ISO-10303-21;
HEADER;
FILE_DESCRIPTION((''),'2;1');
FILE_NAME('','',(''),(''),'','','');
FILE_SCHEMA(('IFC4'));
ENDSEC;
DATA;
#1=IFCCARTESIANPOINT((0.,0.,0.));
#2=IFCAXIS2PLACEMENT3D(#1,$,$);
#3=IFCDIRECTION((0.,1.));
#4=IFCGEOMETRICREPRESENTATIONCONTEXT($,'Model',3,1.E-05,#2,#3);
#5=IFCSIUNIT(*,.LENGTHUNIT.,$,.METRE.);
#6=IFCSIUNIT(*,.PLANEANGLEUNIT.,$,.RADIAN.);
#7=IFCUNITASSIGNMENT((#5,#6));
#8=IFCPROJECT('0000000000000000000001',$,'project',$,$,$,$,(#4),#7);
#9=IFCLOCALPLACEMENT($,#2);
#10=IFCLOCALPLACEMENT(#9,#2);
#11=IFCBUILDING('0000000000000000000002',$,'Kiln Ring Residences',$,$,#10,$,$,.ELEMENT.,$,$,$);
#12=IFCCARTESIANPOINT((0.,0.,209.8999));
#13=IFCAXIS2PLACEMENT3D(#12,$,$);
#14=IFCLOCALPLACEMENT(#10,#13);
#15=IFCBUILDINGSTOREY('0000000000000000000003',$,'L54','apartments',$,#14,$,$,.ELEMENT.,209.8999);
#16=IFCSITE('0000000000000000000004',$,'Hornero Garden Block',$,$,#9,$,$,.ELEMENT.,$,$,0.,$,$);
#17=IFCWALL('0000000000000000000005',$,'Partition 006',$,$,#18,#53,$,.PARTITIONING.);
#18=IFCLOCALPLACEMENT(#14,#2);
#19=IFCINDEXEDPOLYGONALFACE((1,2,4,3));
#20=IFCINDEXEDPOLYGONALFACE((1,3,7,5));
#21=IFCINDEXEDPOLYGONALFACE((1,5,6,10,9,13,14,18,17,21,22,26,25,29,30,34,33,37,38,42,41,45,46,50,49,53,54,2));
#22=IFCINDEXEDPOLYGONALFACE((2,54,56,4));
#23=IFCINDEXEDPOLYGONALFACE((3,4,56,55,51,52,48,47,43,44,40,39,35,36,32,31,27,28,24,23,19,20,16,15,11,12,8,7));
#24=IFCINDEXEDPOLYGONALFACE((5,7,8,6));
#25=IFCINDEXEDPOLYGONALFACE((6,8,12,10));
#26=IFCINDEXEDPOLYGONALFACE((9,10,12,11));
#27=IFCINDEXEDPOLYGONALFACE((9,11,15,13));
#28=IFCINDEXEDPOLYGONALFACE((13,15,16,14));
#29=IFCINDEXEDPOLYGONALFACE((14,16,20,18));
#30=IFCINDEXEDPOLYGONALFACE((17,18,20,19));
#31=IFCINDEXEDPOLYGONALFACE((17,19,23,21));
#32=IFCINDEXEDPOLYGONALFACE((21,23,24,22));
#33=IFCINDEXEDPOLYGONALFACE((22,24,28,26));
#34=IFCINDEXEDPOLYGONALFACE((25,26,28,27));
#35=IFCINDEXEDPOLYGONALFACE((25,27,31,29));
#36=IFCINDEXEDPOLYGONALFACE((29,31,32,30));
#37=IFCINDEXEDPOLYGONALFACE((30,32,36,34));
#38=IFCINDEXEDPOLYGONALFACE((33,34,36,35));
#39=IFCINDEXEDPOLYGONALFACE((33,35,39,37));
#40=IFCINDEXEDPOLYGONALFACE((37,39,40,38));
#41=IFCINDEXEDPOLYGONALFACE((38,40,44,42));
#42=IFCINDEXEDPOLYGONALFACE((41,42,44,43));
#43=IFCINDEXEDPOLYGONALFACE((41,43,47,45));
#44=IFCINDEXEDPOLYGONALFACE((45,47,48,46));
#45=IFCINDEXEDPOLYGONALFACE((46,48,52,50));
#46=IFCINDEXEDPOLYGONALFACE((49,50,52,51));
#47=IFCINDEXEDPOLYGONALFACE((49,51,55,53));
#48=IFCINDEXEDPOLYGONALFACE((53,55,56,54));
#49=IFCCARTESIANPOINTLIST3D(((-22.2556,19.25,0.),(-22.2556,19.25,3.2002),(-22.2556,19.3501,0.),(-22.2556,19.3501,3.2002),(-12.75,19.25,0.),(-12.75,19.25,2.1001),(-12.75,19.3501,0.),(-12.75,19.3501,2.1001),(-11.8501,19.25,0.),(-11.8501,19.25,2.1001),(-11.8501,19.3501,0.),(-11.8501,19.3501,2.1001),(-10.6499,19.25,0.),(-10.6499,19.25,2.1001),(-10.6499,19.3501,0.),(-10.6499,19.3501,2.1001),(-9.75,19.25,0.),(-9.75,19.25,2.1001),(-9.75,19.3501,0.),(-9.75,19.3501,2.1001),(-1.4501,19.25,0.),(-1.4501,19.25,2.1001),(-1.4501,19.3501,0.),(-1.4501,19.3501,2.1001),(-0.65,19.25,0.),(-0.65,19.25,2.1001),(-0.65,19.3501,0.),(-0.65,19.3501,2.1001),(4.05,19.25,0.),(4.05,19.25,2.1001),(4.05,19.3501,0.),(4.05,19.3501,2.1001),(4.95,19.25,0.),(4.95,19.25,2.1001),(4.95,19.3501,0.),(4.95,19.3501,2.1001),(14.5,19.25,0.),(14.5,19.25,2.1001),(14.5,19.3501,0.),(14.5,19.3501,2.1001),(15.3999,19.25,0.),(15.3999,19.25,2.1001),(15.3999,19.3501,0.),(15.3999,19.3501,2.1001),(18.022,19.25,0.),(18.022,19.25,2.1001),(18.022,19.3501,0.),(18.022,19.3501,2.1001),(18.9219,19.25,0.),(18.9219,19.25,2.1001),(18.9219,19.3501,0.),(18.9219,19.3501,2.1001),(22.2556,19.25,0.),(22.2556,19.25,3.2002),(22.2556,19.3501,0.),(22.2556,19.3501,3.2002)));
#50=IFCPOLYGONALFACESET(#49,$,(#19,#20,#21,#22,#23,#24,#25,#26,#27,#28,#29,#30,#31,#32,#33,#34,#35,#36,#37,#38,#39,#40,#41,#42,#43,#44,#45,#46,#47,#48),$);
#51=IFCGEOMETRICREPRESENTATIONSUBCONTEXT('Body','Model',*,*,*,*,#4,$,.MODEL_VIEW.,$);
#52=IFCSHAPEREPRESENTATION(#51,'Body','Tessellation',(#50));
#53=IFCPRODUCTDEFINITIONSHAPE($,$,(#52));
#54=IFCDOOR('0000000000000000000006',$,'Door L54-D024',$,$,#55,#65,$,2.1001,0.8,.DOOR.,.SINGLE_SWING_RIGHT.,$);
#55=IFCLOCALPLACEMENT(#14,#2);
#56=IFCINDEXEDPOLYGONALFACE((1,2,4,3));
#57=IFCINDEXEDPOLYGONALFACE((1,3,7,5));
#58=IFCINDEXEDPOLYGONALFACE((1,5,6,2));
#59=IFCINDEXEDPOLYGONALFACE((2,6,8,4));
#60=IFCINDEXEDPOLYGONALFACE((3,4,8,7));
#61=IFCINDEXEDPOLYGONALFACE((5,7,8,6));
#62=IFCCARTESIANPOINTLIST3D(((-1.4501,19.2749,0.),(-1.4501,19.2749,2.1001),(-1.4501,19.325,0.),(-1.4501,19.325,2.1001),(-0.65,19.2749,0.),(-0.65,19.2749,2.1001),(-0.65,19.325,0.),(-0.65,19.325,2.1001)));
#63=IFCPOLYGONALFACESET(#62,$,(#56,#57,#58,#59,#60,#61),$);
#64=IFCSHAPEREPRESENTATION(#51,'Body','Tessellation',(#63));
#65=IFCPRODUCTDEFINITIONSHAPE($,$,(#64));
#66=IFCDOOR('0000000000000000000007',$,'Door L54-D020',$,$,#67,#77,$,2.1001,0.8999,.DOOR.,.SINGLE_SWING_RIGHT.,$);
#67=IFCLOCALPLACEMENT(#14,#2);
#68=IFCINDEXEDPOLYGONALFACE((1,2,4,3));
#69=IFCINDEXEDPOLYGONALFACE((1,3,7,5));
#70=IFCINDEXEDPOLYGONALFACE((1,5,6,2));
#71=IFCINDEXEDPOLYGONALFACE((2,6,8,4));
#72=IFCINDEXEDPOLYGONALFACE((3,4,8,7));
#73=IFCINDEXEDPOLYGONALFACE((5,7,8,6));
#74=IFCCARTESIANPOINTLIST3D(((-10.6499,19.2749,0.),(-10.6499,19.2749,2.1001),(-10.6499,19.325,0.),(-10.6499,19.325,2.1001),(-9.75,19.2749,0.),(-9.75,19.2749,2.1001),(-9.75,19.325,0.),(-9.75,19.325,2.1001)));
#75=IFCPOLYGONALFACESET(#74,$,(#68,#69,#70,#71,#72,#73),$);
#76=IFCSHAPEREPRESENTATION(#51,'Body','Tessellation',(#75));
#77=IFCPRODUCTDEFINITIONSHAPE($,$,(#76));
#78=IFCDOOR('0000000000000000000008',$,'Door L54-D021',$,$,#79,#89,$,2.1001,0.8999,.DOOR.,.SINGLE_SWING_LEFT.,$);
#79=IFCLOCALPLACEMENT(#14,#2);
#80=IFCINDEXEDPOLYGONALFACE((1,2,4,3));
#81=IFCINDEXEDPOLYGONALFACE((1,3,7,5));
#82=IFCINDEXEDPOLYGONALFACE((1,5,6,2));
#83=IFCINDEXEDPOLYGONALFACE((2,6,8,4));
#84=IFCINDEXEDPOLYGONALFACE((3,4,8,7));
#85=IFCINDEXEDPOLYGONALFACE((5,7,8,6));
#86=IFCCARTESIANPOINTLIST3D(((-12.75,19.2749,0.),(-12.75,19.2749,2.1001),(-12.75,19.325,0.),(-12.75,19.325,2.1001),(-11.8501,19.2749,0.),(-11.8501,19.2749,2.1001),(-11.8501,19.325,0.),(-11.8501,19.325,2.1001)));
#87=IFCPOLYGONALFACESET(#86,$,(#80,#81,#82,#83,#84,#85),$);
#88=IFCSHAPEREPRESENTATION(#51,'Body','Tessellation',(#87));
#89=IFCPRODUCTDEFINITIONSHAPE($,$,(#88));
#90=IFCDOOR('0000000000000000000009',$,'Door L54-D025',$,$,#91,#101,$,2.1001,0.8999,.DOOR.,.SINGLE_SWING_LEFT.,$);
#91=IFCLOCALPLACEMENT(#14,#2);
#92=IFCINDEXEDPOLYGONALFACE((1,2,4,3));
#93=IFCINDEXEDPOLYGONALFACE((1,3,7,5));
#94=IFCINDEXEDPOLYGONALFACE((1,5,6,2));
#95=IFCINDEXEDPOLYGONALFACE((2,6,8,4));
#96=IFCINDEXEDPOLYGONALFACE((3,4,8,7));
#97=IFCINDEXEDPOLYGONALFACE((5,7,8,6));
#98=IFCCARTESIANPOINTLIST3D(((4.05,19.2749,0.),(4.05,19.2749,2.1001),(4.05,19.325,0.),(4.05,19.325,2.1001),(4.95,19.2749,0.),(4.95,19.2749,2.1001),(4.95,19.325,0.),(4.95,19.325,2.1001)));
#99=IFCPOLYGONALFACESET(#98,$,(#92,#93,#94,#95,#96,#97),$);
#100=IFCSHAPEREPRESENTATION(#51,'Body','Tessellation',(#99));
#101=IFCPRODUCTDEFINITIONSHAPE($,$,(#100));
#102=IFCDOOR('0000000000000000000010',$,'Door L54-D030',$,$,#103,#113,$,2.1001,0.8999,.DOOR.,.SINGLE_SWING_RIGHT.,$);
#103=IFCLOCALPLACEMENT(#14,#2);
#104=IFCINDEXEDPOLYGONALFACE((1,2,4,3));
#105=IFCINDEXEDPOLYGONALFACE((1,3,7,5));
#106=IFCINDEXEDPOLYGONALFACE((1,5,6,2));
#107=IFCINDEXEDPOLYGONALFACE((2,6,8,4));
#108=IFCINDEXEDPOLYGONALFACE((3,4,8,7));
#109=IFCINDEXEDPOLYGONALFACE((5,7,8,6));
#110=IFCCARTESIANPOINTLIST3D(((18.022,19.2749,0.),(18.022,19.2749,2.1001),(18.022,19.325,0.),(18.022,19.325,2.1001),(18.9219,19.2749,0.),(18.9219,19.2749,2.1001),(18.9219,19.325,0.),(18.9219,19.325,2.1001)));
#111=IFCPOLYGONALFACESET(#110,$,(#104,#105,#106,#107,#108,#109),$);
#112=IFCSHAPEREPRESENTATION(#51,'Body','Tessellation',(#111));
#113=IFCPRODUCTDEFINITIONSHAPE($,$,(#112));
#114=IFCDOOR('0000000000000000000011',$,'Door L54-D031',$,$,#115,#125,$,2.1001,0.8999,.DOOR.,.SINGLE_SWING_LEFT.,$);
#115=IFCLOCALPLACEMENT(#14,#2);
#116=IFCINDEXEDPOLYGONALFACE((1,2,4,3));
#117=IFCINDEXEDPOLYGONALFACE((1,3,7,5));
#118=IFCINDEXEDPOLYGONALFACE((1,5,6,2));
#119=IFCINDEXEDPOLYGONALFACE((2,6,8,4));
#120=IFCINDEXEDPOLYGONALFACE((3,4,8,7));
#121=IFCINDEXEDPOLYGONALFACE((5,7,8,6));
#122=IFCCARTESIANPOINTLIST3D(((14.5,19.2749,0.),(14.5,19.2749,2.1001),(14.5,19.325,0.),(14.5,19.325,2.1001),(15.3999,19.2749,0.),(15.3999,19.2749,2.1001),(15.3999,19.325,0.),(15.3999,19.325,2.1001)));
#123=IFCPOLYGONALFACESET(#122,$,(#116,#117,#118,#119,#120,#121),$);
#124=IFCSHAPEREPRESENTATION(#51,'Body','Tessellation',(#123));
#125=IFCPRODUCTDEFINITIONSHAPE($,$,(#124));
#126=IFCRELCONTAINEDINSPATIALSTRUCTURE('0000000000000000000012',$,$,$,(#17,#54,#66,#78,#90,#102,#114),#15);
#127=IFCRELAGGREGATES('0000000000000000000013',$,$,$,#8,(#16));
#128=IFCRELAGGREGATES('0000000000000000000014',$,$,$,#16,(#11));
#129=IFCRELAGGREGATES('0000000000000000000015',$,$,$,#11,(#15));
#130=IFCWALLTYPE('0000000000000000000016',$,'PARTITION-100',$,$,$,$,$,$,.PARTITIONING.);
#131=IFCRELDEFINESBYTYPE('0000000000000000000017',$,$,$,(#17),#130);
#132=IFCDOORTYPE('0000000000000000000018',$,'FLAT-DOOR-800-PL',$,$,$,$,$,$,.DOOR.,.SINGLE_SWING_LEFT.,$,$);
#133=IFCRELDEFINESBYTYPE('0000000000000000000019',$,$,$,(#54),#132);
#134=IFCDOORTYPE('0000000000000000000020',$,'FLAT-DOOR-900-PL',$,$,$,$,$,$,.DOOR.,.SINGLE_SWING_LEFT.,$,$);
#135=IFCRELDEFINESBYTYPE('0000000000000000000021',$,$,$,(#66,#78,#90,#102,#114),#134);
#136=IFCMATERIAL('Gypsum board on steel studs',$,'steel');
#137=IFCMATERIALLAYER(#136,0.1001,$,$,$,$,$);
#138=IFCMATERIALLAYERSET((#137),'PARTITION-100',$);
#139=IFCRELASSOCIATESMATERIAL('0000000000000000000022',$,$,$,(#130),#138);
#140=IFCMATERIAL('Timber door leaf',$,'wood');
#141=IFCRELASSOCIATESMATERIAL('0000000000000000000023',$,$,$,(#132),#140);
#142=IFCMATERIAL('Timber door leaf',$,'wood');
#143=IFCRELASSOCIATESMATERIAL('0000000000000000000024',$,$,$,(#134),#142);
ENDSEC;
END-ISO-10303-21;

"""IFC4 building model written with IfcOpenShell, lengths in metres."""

from ifc_helpers import new_model, si_unit, direction, frame, frame_2d, origin, place, context, subcontext, project, spatial, rectangle, extrude, material, layer, layer_set, type_object, element, fill, save


model = new_model("IFC4")

# Units and contexts
model_context = context("Model", 3, precision=1e-05, world=origin(), true_north=direction((0.0, 1.0)))
body_context = subcontext(model_context, "Body", "Model", "MODEL_VIEW")
ifc_project = project(units=[si_unit("LENGTHUNIT", "METRE"), si_unit("PLANEANGLEUNIT", "RADIAN")], contexts=[model_context])

# Site, building, storey
site_placement = place(None, origin())
site = spatial("IfcSite", under=ifc_project, at=site_placement, Name="Hornero Garden Block", CompositionType="ELEMENT", RefElevation=0.0)
building_placement = place(site_placement, origin())
building = spatial("IfcBuilding", under=site, at=building_placement, Name="Kiln Ring Residences", CompositionType="ELEMENT")
storey_placement = place(building_placement, frame((0.0, 0.0, 209.8999)))
storey = spatial("IfcBuildingStorey", under=building, at=storey_placement, Name="L54", Description="apartments", CompositionType="ELEMENT", Elevation=209.8999)

# Wall, openings, doors
ifc_material_1 = material(Name="Gypsum board on steel studs", Category="steel")
ifc_layer_1 = layer(ifc_material_1, 0.1001)
ifc_layer_set_1 = layer_set([ifc_layer_1], Name="PARTITION-100")
wall_type_1 = type_object("IfcWallType", Name="PARTITION-100", PredefinedType="PARTITIONING", material=ifc_layer_set_1)
wall_1_placement = place(storey_placement, frame((-22.2556, 19.3, 0.0), z_axis=(0.0, 0.0, 1.0), x_axis=(1.0, 0.0, 0.0)))
wall_1 = element("IfcWall", 1, at=wall_1_placement, inside=storey, type_object=wall_type_1, Name="Partition 006", PredefinedType="PARTITIONING", context=body_context, shape_type="SweptSolid", body=[
    extrude(rectangle(XDim=44.5112, YDim=0.1001, at=frame_2d((22.2556, 0.0))), origin(), (0.0, 0.0, 1.0), 3.2002),
])
opening_1_placement = place(wall_1_placement, frame((11.6057, 0.0, 0.0)))
opening_1 = element("IfcOpeningElement", 2, at=opening_1_placement, cuts=wall_1, PredefinedType="OPENING", context=body_context, shape_type="SweptSolid", body=[
    extrude(rectangle(XDim=0.8999, YDim=2.1001, at=frame_2d((0.45, 1.05))), frame((0.0, 0.0601, 0.0), z_axis=(0.0, -1.0, 0.0), x_axis=(1.0, 0.0, 0.0)), (0.0, 0.0, 1.0), 0.1201),
])
opening_2_placement = place(wall_1_placement, frame((9.5056, 0.0, 0.0)))
opening_2 = element("IfcOpeningElement", 3, at=opening_2_placement, cuts=wall_1, PredefinedType="OPENING", context=body_context, shape_type="SweptSolid", body=[
    extrude(rectangle(XDim=0.8999, YDim=2.1001, at=frame_2d((0.45, 1.05))), frame((0.0, 0.0601, 0.0), z_axis=(0.0, -1.0, 0.0), x_axis=(1.0, 0.0, 0.0)), (0.0, 0.0, 1.0), 0.1201),
])
opening_3_placement = place(wall_1_placement, frame((20.8057, 0.0, 0.0)))
opening_3 = element("IfcOpeningElement", 4, at=opening_3_placement, cuts=wall_1, PredefinedType="OPENING", context=body_context, shape_type="SweptSolid", body=[
    extrude(rectangle(XDim=0.8, YDim=2.1001, at=frame_2d((0.3999, 1.05))), frame((0.0, 0.0601, 0.0), z_axis=(0.0, -1.0, 0.0), x_axis=(1.0, 0.0, 0.0)), (0.0, 0.0, 1.0), 0.1201),
])
opening_4_placement = place(wall_1_placement, frame((26.3057, 0.0, 0.0)))
opening_4 = element("IfcOpeningElement", 5, at=opening_4_placement, cuts=wall_1, PredefinedType="OPENING", context=body_context, shape_type="SweptSolid", body=[
    extrude(rectangle(XDim=0.8999, YDim=2.1001, at=frame_2d((0.45, 1.05))), frame((0.0, 0.0601, 0.0), z_axis=(0.0, -1.0, 0.0), x_axis=(1.0, 0.0, 0.0)), (0.0, 0.0, 1.0), 0.1201),
])
opening_5_placement = place(wall_1_placement, frame((40.2776, 0.0, 0.0)))
opening_5 = element("IfcOpeningElement", 6, at=opening_5_placement, cuts=wall_1, PredefinedType="OPENING", context=body_context, shape_type="SweptSolid", body=[
    extrude(rectangle(XDim=0.8999, YDim=2.1001, at=frame_2d((0.45, 1.05))), frame((0.0, 0.0601, 0.0), z_axis=(0.0, -1.0, 0.0), x_axis=(1.0, 0.0, 0.0)), (0.0, 0.0, 1.0), 0.1201),
])
opening_6_placement = place(wall_1_placement, frame((36.7556, 0.0, 0.0)))
opening_6 = element("IfcOpeningElement", 7, at=opening_6_placement, cuts=wall_1, PredefinedType="OPENING", context=body_context, shape_type="SweptSolid", body=[
    extrude(rectangle(XDim=0.8999, YDim=2.1001, at=frame_2d((0.45, 1.05))), frame((0.0, 0.0601, 0.0), z_axis=(0.0, -1.0, 0.0), x_axis=(1.0, 0.0, 0.0)), (0.0, 0.0, 1.0), 0.1201),
])
ifc_material_2 = material(Name="Timber door leaf", Category="wood")
door_type_1 = type_object("IfcDoorType", Name="FLAT-DOOR-800-PL", OperationType="SINGLE_SWING_LEFT", PredefinedType="DOOR", material=ifc_material_2)
door_1_placement = place(opening_3_placement, origin())
door_1 = element("IfcDoor", 8, at=door_1_placement, inside=storey, type_object=door_type_1, Name="Door L54-D024", OperationType="SINGLE_SWING_RIGHT", OverallHeight=2.1001, OverallWidth=0.8, PredefinedType="DOOR", context=body_context, shape_type="SweptSolid", body=[
    extrude(rectangle(XDim=0.8, YDim=2.1001, at=frame_2d((0.3999, 1.05))), frame((0.0, 0.0249, 0.0), z_axis=(0.0, -1.0, 0.0), x_axis=(1.0, 0.0, 0.0)), (0.0, 0.0, 1.0), 0.05),
])
fill(opening_3, door_1)
ifc_material_3 = material(Name="Timber door leaf", Category="wood")
door_type_2 = type_object("IfcDoorType", Name="FLAT-DOOR-900-PL", OperationType="SINGLE_SWING_LEFT", PredefinedType="DOOR", material=ifc_material_3)
door_2_placement = place(opening_1_placement, origin())
door_2 = element("IfcDoor", 9, at=door_2_placement, inside=storey, type_object=door_type_2, Name="Door L54-D020", OperationType="SINGLE_SWING_RIGHT", OverallHeight=2.1001, OverallWidth=0.8999, PredefinedType="DOOR", context=body_context, shape_type="SweptSolid", body=[
    extrude(rectangle(XDim=0.8999, YDim=2.1001, at=frame_2d((0.45, 1.05))), frame((0.0, 0.0249, 0.0), z_axis=(0.0, -1.0, 0.0), x_axis=(1.0, 0.0, 0.0)), (0.0, 0.0, 1.0), 0.05),
])
fill(opening_1, door_2)
door_3_placement = place(opening_2_placement, origin())
door_3 = element("IfcDoor", 10, at=door_3_placement, inside=storey, type_object=door_type_2, Name="Door L54-D021", OperationType="SINGLE_SWING_LEFT", OverallHeight=2.1001, OverallWidth=0.8999, PredefinedType="DOOR", context=body_context, shape_type="SweptSolid", body=[
    extrude(rectangle(XDim=0.8999, YDim=2.1001, at=frame_2d((0.45, 1.05))), frame((0.0, 0.0249, 0.0), z_axis=(0.0, -1.0, 0.0), x_axis=(1.0, 0.0, 0.0)), (0.0, 0.0, 1.0), 0.05),
])
fill(opening_2, door_3)
door_4_placement = place(opening_4_placement, origin())
door_4 = element("IfcDoor", 11, at=door_4_placement, inside=storey, type_object=door_type_2, Name="Door L54-D025", OperationType="SINGLE_SWING_LEFT", OverallHeight=2.1001, OverallWidth=0.8999, PredefinedType="DOOR", context=body_context, shape_type="SweptSolid", body=[
    extrude(rectangle(XDim=0.8999, YDim=2.1001, at=frame_2d((0.45, 1.05))), frame((0.0, 0.0249, 0.0), z_axis=(0.0, -1.0, 0.0), x_axis=(1.0, 0.0, 0.0)), (0.0, 0.0, 1.0), 0.05),
])
fill(opening_4, door_4)
door_5_placement = place(opening_5_placement, origin())
door_5 = element("IfcDoor", 12, at=door_5_placement, inside=storey, type_object=door_type_2, Name="Door L54-D030", OperationType="SINGLE_SWING_RIGHT", OverallHeight=2.1001, OverallWidth=0.8999, PredefinedType="DOOR", context=body_context, shape_type="SweptSolid", body=[
    extrude(rectangle(XDim=0.8999, YDim=2.1001, at=frame_2d((0.45, 1.05))), frame((0.0, 0.0249, 0.0), z_axis=(0.0, -1.0, 0.0), x_axis=(1.0, 0.0, 0.0)), (0.0, 0.0, 1.0), 0.05),
])
fill(opening_5, door_5)
door_6_placement = place(opening_6_placement, origin())
door_6 = element("IfcDoor", 13, at=door_6_placement, inside=storey, type_object=door_type_2, Name="Door L54-D031", OperationType="SINGLE_SWING_LEFT", OverallHeight=2.1001, OverallWidth=0.8999, PredefinedType="DOOR", context=body_context, shape_type="SweptSolid", body=[
    extrude(rectangle(XDim=0.8999, YDim=2.1001, at=frame_2d((0.45, 1.05))), frame((0.0, 0.0249, 0.0), z_axis=(0.0, -1.0, 0.0), x_axis=(1.0, 0.0, 0.0)), (0.0, 0.0, 1.0), 0.05),
])
fill(opening_6, door_6)

save(model, "model.ifc")
